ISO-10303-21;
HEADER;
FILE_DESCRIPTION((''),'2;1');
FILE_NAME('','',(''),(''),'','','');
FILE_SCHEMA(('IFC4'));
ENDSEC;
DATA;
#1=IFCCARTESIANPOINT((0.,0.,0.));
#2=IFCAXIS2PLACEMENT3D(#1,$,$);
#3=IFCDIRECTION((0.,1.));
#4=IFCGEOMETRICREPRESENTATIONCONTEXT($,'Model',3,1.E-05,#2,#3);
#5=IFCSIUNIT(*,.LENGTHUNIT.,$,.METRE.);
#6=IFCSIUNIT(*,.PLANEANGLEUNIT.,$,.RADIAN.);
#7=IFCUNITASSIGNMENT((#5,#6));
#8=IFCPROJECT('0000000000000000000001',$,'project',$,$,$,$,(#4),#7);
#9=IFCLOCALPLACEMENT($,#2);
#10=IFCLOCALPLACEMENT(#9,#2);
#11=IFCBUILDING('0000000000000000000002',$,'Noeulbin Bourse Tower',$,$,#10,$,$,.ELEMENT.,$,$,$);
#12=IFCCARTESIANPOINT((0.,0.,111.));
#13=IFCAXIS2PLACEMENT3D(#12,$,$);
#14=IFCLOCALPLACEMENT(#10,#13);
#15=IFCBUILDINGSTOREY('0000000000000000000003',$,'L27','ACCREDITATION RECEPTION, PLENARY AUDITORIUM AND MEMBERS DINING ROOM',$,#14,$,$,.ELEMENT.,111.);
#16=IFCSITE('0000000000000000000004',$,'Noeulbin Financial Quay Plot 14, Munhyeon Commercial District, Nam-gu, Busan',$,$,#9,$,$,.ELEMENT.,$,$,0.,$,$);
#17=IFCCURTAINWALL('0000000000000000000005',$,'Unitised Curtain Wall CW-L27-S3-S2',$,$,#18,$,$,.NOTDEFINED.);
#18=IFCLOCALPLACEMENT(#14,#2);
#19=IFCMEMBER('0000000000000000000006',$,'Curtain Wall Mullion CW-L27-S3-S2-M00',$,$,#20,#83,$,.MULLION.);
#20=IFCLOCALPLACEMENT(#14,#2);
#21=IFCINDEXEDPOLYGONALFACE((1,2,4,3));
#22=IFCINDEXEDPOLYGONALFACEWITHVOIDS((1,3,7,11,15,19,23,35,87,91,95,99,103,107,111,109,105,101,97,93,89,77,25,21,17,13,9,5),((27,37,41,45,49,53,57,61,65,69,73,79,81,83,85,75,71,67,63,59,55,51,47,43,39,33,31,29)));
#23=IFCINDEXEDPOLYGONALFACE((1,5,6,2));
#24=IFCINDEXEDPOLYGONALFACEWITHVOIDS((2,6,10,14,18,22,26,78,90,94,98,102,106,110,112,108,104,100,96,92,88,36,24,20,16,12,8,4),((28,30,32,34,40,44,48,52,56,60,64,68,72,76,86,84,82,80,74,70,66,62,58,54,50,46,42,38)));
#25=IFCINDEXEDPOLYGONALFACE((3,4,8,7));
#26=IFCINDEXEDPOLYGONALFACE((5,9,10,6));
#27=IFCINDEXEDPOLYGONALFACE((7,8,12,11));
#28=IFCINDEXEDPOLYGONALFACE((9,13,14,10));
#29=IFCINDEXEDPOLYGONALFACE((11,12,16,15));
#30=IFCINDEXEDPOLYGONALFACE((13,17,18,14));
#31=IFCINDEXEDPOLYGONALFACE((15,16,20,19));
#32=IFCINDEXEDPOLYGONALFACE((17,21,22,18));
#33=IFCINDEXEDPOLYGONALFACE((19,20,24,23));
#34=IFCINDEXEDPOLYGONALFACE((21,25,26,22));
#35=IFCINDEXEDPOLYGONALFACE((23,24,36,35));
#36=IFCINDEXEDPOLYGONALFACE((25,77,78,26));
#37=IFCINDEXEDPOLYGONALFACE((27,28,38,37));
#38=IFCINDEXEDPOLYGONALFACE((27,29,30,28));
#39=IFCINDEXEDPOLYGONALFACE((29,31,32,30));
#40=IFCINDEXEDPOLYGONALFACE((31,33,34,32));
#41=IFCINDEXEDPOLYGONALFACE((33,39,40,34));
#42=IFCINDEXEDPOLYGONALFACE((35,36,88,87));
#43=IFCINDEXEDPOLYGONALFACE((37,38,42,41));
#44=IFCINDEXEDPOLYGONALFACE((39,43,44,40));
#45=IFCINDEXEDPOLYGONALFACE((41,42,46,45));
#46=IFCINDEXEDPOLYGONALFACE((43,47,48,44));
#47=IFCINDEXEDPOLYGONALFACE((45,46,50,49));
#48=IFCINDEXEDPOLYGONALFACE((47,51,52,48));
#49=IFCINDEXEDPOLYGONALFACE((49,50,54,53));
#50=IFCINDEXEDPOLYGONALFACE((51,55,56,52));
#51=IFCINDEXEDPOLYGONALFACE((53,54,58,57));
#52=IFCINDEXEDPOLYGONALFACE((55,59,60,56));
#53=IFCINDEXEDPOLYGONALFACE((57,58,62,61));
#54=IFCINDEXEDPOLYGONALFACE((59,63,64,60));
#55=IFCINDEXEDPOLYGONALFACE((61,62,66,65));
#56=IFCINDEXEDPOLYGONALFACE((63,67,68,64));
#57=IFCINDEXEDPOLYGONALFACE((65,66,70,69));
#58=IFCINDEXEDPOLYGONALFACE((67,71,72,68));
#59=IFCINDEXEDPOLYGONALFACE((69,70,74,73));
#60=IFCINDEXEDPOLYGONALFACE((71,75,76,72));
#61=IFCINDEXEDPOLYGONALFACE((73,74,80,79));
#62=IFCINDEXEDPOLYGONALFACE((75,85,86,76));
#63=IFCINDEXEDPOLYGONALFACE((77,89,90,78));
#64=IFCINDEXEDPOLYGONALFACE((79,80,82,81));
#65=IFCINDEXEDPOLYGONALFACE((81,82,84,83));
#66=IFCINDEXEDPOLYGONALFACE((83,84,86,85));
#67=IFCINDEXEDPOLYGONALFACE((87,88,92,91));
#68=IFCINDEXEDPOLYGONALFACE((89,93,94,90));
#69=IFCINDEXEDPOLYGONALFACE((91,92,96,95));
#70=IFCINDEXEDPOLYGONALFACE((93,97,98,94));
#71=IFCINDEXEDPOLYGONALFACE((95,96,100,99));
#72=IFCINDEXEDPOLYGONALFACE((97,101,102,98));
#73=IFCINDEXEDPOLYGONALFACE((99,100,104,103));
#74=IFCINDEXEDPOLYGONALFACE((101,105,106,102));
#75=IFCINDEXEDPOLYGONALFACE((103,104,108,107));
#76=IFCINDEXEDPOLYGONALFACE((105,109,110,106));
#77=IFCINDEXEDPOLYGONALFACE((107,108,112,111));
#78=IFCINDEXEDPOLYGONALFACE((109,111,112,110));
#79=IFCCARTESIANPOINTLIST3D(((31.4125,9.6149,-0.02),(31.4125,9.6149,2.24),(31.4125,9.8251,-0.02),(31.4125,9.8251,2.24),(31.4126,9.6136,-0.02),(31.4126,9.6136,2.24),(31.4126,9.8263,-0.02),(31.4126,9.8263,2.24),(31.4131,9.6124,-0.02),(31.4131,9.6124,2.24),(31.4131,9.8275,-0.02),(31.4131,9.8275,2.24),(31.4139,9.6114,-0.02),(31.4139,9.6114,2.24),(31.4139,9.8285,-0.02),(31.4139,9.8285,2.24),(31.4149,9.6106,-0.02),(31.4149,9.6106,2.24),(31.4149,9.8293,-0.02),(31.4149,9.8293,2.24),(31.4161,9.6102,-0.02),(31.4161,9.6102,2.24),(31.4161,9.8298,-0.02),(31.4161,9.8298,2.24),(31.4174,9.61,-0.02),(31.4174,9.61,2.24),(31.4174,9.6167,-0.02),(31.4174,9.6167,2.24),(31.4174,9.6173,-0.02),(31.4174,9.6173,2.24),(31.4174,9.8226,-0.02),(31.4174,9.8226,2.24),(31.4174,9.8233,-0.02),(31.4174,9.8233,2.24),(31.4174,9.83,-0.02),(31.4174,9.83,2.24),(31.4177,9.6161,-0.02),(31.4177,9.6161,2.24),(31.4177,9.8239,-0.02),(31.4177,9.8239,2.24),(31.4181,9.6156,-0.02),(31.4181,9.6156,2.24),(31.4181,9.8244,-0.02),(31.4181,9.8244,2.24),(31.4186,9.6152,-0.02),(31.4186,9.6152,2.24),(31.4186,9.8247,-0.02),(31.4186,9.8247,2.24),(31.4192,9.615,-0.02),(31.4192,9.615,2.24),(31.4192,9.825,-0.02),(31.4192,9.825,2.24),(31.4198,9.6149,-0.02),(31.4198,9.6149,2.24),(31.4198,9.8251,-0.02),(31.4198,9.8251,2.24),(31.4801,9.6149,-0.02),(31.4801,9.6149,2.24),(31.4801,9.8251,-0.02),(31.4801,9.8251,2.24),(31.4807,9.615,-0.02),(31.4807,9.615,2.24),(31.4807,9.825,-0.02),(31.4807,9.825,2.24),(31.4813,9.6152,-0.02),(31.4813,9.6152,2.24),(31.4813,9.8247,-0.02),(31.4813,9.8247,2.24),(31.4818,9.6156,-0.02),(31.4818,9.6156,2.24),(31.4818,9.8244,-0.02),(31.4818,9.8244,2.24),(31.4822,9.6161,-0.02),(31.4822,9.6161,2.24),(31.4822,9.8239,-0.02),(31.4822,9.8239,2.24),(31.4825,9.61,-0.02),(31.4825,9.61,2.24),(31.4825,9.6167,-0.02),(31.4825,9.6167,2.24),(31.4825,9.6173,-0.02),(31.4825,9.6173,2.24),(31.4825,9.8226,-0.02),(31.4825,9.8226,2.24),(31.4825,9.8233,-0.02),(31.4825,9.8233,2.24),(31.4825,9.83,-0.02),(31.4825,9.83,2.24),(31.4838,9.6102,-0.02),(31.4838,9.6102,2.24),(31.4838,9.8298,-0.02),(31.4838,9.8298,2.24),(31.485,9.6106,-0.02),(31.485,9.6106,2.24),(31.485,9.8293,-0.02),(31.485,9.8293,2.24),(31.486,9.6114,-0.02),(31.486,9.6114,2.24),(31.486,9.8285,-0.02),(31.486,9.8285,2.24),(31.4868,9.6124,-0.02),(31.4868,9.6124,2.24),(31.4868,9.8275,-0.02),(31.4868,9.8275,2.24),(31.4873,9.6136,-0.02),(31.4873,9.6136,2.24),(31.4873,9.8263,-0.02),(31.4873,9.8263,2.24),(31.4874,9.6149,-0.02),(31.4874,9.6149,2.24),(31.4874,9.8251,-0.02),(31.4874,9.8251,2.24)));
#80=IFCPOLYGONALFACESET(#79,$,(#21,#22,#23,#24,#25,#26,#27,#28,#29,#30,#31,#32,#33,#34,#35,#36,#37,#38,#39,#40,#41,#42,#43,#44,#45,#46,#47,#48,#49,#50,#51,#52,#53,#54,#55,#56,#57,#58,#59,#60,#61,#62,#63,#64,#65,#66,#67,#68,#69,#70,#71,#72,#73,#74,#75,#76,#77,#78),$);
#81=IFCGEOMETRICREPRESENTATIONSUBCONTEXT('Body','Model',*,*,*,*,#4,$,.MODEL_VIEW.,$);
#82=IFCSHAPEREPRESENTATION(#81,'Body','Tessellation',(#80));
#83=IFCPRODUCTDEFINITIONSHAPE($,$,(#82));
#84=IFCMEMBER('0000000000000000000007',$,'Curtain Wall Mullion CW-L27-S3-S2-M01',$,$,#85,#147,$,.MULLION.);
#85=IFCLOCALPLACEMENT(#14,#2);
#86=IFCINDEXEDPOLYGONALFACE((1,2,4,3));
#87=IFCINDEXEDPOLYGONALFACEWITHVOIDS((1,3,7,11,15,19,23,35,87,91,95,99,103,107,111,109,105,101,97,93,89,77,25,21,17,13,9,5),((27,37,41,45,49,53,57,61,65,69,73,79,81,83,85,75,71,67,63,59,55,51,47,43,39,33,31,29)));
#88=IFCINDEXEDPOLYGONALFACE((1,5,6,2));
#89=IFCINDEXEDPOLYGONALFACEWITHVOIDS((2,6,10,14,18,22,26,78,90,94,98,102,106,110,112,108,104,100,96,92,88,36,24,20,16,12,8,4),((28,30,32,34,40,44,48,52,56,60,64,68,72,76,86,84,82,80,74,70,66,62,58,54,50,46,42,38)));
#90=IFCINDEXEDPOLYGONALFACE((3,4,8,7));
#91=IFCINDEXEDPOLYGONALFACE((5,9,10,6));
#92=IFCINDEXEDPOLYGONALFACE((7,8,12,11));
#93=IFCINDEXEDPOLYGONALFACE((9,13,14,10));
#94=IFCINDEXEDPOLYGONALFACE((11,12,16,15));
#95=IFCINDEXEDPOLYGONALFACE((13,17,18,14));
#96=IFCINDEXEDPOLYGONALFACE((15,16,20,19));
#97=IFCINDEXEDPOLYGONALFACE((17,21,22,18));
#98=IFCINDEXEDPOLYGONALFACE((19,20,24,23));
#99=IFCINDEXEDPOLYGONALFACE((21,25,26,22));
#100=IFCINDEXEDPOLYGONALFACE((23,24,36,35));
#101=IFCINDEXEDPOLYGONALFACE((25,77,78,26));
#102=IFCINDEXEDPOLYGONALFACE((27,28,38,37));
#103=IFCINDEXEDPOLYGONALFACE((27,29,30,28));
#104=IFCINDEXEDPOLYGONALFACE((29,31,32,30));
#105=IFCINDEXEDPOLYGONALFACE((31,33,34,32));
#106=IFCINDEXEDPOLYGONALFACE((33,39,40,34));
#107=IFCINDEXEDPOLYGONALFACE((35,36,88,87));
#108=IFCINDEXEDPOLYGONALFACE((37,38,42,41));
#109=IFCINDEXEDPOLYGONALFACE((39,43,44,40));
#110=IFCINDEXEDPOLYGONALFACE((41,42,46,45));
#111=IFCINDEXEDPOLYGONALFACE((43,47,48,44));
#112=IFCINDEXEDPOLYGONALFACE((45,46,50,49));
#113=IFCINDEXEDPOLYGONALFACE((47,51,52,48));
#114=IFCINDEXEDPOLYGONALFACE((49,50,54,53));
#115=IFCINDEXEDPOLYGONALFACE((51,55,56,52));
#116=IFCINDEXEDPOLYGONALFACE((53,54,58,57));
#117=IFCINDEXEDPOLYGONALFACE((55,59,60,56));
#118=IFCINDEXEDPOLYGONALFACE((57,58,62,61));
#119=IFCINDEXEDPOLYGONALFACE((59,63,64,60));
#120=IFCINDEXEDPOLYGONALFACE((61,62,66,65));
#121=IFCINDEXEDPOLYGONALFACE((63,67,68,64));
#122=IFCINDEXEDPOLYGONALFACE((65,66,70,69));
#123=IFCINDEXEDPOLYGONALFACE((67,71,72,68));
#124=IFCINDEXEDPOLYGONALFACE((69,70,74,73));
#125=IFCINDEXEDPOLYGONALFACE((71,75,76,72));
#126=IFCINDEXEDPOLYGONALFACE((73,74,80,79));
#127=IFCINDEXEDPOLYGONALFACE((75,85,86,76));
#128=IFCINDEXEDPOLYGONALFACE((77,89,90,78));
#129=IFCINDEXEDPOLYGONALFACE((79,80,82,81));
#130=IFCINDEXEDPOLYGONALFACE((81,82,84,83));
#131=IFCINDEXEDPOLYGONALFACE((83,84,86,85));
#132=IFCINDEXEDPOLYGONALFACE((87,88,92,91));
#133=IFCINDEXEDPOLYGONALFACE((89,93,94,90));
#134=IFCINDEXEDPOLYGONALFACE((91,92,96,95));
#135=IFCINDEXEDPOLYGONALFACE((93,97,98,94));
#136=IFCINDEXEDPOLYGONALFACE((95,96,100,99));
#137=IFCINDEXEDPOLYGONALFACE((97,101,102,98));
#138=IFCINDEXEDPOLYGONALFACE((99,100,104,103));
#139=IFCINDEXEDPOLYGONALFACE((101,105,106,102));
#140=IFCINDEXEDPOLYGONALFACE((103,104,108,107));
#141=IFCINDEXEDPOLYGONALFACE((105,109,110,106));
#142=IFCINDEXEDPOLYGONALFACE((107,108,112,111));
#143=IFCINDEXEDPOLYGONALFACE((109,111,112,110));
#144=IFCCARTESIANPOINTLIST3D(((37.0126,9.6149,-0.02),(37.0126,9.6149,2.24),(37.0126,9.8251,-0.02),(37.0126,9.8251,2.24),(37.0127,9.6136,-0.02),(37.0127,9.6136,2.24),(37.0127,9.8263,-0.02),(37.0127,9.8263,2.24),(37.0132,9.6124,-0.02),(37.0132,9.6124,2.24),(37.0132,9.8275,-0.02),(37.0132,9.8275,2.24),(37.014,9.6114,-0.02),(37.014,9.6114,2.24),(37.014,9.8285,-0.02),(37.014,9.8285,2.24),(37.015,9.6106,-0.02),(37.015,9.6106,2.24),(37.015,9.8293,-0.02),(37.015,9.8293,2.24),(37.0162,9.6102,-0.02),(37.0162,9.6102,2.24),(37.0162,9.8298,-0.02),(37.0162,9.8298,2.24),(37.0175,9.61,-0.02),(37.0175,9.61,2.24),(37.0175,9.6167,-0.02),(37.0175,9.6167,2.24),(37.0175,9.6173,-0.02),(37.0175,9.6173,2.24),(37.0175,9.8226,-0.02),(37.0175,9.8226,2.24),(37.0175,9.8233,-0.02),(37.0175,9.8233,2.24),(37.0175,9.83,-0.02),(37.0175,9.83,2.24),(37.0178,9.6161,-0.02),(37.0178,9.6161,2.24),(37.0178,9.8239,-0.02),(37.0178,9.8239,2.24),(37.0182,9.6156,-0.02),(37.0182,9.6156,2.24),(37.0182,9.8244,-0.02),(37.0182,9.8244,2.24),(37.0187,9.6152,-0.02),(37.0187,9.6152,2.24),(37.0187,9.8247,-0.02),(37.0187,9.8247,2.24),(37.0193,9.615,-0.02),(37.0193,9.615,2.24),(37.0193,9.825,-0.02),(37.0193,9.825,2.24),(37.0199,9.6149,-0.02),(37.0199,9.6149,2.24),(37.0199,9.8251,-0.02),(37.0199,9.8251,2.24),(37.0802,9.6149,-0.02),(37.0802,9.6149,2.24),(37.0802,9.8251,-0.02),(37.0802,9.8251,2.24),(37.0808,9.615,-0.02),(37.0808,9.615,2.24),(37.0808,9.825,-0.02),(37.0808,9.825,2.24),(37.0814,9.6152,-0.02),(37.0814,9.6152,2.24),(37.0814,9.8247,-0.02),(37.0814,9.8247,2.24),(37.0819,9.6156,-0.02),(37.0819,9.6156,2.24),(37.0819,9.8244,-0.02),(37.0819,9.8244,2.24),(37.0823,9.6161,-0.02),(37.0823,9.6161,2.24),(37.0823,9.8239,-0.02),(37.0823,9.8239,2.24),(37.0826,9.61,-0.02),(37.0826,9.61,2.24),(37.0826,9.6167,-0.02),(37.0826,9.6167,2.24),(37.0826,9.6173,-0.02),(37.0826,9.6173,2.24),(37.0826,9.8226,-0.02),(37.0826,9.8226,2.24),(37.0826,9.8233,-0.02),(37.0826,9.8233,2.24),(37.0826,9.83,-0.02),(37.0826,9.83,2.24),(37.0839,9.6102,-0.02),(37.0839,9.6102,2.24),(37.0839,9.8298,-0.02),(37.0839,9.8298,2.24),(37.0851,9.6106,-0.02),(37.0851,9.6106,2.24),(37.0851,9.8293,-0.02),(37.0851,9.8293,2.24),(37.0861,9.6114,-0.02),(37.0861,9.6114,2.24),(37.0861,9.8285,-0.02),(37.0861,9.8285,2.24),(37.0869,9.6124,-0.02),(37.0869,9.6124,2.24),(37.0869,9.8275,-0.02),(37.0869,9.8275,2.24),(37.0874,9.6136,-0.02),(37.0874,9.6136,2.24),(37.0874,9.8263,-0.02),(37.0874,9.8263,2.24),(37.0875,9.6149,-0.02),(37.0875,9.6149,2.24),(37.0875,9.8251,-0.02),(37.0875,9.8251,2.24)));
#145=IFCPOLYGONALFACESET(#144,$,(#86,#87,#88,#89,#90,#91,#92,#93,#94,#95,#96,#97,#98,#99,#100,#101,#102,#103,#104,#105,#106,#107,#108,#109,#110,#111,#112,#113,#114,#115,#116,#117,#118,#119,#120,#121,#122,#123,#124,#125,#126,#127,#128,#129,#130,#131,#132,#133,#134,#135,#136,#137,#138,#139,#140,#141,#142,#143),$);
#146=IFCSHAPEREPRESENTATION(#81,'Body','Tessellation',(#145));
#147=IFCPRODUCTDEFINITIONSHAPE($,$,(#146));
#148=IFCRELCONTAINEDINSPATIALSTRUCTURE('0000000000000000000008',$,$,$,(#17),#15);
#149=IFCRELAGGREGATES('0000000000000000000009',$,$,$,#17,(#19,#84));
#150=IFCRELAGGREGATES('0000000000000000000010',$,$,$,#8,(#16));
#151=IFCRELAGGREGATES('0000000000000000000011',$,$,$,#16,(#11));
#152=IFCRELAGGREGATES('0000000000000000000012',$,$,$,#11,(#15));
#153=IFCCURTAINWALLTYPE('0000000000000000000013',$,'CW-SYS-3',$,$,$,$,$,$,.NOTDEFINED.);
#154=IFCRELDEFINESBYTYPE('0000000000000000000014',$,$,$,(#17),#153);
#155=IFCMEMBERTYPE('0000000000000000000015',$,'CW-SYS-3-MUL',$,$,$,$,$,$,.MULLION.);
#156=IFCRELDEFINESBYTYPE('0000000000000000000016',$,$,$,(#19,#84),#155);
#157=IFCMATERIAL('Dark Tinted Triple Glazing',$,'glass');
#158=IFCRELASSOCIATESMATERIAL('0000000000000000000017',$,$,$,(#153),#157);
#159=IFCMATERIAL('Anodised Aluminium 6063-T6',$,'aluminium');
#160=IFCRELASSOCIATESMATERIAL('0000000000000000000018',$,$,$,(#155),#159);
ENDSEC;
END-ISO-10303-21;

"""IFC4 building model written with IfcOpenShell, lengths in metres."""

from ifc_helpers import new_model, si_unit, direction, frame, origin, origin_2d, place, context, subcontext, project, spatial, hollow_rectangle, extrude, material, material_profile, profile_set, type_object, element, aggregate, save


model = new_model("IFC4")

# Units and contexts
model_context = context("Model", 3, precision=1e-05, world=origin(), true_north=direction((0.0, 1.0)))
body_context = subcontext(model_context, "Body", "Model", "MODEL_VIEW")
ifc_project = project(units=[si_unit("LENGTHUNIT", "METRE"), si_unit("PLANEANGLEUNIT", "RADIAN")], contexts=[model_context])

# Site, building, storey
site_placement = place(None, origin())
site = spatial("IfcSite", under=ifc_project, at=site_placement, Name="Noeulbin Financial Quay Plot 14, Munhyeon Commercial District, Nam-gu, Busan", CompositionType="ELEMENT", RefElevation=0.0)
building_placement = place(site_placement, origin())
building = spatial("IfcBuilding", under=site, at=building_placement, Name="Noeulbin Bourse Tower", CompositionType="ELEMENT")
storey_placement = place(building_placement, frame((0.0, 0.0, 111.0)))
storey = spatial("IfcBuildingStorey", under=building, at=storey_placement, Name="L27", Description="ACCREDITATION RECEPTION, PLENARY AUDITORIUM AND MEMBERS DINING ROOM", CompositionType="ELEMENT", Elevation=111.0)

# Curtain wall, members
ifc_material_1 = material(Name="Dark Tinted Triple Glazing", Category="glass")
curtain_wall_type = type_object("IfcCurtainWallType", Name="CW-SYS-3", PredefinedType="NOTDEFINED", material=ifc_material_1)
ifc_material_2 = material(Name="Anodised Aluminium 6063-T6", Category="aluminium")
ifc_material_profile_1 = material_profile(ifc_material_2, hollow_rectangle(XDim=0.075, YDim=0.22, WallThickness=0.0049, InnerFilletRadius=0.0024, OuterFilletRadius=0.0049, at=origin_2d()), Name="ALU-MULL-75x220x5", Category="LoadBearing")
ifc_profile_set_1 = profile_set([ifc_material_profile_1], Name="Anodised Aluminium 6063-T6")
member_type_1 = type_object("IfcMemberType", Name="CW-SYS-3-MUL", PredefinedType="MULLION", material=ifc_profile_set_1)
curtain_wall_1_placement = place(storey_placement, origin())
curtain_wall_1 = element("IfcCurtainWall", 1, at=curtain_wall_1_placement, inside=storey, type_object=curtain_wall_type, Name="Unitised Curtain Wall CW-L27-S3-S2", PredefinedType="NOTDEFINED")
member_1_placement = place(storey_placement, frame((31.45, 9.72, -0.02), z_axis=(0.0, 0.0, 1.0), x_axis=(1.0, 0.0, 0.0)))
member_1 = element("IfcMember", 2, at=member_1_placement, type_object=member_type_1, Name="Curtain Wall Mullion CW-L27-S3-S2-M00", PredefinedType="MULLION", context=body_context, shape_type="SweptSolid", body=[
    extrude(hollow_rectangle(XDim=0.075, YDim=0.22, WallThickness=0.0049, InnerFilletRadius=0.0024, OuterFilletRadius=0.0049, at=origin_2d()), origin(), (0.0, 0.0, 1.0), 2.26),
])
member_2_placement = place(storey_placement, frame((37.05, 9.72, -0.02), z_axis=(0.0, 0.0, 1.0), x_axis=(1.0, 0.0, 0.0)))
member_2 = element("IfcMember", 3, at=member_2_placement, type_object=member_type_1, Name="Curtain Wall Mullion CW-L27-S3-S2-M01", PredefinedType="MULLION", context=body_context, shape_type="SweptSolid", body=[
    extrude(hollow_rectangle(XDim=0.075, YDim=0.22, WallThickness=0.0049, InnerFilletRadius=0.0024, OuterFilletRadius=0.0049, at=origin_2d()), origin(), (0.0, 0.0, 1.0), 2.26),
])

aggregate(curtain_wall_1, [member_1, member_2])

save(model, "model.ifc")
